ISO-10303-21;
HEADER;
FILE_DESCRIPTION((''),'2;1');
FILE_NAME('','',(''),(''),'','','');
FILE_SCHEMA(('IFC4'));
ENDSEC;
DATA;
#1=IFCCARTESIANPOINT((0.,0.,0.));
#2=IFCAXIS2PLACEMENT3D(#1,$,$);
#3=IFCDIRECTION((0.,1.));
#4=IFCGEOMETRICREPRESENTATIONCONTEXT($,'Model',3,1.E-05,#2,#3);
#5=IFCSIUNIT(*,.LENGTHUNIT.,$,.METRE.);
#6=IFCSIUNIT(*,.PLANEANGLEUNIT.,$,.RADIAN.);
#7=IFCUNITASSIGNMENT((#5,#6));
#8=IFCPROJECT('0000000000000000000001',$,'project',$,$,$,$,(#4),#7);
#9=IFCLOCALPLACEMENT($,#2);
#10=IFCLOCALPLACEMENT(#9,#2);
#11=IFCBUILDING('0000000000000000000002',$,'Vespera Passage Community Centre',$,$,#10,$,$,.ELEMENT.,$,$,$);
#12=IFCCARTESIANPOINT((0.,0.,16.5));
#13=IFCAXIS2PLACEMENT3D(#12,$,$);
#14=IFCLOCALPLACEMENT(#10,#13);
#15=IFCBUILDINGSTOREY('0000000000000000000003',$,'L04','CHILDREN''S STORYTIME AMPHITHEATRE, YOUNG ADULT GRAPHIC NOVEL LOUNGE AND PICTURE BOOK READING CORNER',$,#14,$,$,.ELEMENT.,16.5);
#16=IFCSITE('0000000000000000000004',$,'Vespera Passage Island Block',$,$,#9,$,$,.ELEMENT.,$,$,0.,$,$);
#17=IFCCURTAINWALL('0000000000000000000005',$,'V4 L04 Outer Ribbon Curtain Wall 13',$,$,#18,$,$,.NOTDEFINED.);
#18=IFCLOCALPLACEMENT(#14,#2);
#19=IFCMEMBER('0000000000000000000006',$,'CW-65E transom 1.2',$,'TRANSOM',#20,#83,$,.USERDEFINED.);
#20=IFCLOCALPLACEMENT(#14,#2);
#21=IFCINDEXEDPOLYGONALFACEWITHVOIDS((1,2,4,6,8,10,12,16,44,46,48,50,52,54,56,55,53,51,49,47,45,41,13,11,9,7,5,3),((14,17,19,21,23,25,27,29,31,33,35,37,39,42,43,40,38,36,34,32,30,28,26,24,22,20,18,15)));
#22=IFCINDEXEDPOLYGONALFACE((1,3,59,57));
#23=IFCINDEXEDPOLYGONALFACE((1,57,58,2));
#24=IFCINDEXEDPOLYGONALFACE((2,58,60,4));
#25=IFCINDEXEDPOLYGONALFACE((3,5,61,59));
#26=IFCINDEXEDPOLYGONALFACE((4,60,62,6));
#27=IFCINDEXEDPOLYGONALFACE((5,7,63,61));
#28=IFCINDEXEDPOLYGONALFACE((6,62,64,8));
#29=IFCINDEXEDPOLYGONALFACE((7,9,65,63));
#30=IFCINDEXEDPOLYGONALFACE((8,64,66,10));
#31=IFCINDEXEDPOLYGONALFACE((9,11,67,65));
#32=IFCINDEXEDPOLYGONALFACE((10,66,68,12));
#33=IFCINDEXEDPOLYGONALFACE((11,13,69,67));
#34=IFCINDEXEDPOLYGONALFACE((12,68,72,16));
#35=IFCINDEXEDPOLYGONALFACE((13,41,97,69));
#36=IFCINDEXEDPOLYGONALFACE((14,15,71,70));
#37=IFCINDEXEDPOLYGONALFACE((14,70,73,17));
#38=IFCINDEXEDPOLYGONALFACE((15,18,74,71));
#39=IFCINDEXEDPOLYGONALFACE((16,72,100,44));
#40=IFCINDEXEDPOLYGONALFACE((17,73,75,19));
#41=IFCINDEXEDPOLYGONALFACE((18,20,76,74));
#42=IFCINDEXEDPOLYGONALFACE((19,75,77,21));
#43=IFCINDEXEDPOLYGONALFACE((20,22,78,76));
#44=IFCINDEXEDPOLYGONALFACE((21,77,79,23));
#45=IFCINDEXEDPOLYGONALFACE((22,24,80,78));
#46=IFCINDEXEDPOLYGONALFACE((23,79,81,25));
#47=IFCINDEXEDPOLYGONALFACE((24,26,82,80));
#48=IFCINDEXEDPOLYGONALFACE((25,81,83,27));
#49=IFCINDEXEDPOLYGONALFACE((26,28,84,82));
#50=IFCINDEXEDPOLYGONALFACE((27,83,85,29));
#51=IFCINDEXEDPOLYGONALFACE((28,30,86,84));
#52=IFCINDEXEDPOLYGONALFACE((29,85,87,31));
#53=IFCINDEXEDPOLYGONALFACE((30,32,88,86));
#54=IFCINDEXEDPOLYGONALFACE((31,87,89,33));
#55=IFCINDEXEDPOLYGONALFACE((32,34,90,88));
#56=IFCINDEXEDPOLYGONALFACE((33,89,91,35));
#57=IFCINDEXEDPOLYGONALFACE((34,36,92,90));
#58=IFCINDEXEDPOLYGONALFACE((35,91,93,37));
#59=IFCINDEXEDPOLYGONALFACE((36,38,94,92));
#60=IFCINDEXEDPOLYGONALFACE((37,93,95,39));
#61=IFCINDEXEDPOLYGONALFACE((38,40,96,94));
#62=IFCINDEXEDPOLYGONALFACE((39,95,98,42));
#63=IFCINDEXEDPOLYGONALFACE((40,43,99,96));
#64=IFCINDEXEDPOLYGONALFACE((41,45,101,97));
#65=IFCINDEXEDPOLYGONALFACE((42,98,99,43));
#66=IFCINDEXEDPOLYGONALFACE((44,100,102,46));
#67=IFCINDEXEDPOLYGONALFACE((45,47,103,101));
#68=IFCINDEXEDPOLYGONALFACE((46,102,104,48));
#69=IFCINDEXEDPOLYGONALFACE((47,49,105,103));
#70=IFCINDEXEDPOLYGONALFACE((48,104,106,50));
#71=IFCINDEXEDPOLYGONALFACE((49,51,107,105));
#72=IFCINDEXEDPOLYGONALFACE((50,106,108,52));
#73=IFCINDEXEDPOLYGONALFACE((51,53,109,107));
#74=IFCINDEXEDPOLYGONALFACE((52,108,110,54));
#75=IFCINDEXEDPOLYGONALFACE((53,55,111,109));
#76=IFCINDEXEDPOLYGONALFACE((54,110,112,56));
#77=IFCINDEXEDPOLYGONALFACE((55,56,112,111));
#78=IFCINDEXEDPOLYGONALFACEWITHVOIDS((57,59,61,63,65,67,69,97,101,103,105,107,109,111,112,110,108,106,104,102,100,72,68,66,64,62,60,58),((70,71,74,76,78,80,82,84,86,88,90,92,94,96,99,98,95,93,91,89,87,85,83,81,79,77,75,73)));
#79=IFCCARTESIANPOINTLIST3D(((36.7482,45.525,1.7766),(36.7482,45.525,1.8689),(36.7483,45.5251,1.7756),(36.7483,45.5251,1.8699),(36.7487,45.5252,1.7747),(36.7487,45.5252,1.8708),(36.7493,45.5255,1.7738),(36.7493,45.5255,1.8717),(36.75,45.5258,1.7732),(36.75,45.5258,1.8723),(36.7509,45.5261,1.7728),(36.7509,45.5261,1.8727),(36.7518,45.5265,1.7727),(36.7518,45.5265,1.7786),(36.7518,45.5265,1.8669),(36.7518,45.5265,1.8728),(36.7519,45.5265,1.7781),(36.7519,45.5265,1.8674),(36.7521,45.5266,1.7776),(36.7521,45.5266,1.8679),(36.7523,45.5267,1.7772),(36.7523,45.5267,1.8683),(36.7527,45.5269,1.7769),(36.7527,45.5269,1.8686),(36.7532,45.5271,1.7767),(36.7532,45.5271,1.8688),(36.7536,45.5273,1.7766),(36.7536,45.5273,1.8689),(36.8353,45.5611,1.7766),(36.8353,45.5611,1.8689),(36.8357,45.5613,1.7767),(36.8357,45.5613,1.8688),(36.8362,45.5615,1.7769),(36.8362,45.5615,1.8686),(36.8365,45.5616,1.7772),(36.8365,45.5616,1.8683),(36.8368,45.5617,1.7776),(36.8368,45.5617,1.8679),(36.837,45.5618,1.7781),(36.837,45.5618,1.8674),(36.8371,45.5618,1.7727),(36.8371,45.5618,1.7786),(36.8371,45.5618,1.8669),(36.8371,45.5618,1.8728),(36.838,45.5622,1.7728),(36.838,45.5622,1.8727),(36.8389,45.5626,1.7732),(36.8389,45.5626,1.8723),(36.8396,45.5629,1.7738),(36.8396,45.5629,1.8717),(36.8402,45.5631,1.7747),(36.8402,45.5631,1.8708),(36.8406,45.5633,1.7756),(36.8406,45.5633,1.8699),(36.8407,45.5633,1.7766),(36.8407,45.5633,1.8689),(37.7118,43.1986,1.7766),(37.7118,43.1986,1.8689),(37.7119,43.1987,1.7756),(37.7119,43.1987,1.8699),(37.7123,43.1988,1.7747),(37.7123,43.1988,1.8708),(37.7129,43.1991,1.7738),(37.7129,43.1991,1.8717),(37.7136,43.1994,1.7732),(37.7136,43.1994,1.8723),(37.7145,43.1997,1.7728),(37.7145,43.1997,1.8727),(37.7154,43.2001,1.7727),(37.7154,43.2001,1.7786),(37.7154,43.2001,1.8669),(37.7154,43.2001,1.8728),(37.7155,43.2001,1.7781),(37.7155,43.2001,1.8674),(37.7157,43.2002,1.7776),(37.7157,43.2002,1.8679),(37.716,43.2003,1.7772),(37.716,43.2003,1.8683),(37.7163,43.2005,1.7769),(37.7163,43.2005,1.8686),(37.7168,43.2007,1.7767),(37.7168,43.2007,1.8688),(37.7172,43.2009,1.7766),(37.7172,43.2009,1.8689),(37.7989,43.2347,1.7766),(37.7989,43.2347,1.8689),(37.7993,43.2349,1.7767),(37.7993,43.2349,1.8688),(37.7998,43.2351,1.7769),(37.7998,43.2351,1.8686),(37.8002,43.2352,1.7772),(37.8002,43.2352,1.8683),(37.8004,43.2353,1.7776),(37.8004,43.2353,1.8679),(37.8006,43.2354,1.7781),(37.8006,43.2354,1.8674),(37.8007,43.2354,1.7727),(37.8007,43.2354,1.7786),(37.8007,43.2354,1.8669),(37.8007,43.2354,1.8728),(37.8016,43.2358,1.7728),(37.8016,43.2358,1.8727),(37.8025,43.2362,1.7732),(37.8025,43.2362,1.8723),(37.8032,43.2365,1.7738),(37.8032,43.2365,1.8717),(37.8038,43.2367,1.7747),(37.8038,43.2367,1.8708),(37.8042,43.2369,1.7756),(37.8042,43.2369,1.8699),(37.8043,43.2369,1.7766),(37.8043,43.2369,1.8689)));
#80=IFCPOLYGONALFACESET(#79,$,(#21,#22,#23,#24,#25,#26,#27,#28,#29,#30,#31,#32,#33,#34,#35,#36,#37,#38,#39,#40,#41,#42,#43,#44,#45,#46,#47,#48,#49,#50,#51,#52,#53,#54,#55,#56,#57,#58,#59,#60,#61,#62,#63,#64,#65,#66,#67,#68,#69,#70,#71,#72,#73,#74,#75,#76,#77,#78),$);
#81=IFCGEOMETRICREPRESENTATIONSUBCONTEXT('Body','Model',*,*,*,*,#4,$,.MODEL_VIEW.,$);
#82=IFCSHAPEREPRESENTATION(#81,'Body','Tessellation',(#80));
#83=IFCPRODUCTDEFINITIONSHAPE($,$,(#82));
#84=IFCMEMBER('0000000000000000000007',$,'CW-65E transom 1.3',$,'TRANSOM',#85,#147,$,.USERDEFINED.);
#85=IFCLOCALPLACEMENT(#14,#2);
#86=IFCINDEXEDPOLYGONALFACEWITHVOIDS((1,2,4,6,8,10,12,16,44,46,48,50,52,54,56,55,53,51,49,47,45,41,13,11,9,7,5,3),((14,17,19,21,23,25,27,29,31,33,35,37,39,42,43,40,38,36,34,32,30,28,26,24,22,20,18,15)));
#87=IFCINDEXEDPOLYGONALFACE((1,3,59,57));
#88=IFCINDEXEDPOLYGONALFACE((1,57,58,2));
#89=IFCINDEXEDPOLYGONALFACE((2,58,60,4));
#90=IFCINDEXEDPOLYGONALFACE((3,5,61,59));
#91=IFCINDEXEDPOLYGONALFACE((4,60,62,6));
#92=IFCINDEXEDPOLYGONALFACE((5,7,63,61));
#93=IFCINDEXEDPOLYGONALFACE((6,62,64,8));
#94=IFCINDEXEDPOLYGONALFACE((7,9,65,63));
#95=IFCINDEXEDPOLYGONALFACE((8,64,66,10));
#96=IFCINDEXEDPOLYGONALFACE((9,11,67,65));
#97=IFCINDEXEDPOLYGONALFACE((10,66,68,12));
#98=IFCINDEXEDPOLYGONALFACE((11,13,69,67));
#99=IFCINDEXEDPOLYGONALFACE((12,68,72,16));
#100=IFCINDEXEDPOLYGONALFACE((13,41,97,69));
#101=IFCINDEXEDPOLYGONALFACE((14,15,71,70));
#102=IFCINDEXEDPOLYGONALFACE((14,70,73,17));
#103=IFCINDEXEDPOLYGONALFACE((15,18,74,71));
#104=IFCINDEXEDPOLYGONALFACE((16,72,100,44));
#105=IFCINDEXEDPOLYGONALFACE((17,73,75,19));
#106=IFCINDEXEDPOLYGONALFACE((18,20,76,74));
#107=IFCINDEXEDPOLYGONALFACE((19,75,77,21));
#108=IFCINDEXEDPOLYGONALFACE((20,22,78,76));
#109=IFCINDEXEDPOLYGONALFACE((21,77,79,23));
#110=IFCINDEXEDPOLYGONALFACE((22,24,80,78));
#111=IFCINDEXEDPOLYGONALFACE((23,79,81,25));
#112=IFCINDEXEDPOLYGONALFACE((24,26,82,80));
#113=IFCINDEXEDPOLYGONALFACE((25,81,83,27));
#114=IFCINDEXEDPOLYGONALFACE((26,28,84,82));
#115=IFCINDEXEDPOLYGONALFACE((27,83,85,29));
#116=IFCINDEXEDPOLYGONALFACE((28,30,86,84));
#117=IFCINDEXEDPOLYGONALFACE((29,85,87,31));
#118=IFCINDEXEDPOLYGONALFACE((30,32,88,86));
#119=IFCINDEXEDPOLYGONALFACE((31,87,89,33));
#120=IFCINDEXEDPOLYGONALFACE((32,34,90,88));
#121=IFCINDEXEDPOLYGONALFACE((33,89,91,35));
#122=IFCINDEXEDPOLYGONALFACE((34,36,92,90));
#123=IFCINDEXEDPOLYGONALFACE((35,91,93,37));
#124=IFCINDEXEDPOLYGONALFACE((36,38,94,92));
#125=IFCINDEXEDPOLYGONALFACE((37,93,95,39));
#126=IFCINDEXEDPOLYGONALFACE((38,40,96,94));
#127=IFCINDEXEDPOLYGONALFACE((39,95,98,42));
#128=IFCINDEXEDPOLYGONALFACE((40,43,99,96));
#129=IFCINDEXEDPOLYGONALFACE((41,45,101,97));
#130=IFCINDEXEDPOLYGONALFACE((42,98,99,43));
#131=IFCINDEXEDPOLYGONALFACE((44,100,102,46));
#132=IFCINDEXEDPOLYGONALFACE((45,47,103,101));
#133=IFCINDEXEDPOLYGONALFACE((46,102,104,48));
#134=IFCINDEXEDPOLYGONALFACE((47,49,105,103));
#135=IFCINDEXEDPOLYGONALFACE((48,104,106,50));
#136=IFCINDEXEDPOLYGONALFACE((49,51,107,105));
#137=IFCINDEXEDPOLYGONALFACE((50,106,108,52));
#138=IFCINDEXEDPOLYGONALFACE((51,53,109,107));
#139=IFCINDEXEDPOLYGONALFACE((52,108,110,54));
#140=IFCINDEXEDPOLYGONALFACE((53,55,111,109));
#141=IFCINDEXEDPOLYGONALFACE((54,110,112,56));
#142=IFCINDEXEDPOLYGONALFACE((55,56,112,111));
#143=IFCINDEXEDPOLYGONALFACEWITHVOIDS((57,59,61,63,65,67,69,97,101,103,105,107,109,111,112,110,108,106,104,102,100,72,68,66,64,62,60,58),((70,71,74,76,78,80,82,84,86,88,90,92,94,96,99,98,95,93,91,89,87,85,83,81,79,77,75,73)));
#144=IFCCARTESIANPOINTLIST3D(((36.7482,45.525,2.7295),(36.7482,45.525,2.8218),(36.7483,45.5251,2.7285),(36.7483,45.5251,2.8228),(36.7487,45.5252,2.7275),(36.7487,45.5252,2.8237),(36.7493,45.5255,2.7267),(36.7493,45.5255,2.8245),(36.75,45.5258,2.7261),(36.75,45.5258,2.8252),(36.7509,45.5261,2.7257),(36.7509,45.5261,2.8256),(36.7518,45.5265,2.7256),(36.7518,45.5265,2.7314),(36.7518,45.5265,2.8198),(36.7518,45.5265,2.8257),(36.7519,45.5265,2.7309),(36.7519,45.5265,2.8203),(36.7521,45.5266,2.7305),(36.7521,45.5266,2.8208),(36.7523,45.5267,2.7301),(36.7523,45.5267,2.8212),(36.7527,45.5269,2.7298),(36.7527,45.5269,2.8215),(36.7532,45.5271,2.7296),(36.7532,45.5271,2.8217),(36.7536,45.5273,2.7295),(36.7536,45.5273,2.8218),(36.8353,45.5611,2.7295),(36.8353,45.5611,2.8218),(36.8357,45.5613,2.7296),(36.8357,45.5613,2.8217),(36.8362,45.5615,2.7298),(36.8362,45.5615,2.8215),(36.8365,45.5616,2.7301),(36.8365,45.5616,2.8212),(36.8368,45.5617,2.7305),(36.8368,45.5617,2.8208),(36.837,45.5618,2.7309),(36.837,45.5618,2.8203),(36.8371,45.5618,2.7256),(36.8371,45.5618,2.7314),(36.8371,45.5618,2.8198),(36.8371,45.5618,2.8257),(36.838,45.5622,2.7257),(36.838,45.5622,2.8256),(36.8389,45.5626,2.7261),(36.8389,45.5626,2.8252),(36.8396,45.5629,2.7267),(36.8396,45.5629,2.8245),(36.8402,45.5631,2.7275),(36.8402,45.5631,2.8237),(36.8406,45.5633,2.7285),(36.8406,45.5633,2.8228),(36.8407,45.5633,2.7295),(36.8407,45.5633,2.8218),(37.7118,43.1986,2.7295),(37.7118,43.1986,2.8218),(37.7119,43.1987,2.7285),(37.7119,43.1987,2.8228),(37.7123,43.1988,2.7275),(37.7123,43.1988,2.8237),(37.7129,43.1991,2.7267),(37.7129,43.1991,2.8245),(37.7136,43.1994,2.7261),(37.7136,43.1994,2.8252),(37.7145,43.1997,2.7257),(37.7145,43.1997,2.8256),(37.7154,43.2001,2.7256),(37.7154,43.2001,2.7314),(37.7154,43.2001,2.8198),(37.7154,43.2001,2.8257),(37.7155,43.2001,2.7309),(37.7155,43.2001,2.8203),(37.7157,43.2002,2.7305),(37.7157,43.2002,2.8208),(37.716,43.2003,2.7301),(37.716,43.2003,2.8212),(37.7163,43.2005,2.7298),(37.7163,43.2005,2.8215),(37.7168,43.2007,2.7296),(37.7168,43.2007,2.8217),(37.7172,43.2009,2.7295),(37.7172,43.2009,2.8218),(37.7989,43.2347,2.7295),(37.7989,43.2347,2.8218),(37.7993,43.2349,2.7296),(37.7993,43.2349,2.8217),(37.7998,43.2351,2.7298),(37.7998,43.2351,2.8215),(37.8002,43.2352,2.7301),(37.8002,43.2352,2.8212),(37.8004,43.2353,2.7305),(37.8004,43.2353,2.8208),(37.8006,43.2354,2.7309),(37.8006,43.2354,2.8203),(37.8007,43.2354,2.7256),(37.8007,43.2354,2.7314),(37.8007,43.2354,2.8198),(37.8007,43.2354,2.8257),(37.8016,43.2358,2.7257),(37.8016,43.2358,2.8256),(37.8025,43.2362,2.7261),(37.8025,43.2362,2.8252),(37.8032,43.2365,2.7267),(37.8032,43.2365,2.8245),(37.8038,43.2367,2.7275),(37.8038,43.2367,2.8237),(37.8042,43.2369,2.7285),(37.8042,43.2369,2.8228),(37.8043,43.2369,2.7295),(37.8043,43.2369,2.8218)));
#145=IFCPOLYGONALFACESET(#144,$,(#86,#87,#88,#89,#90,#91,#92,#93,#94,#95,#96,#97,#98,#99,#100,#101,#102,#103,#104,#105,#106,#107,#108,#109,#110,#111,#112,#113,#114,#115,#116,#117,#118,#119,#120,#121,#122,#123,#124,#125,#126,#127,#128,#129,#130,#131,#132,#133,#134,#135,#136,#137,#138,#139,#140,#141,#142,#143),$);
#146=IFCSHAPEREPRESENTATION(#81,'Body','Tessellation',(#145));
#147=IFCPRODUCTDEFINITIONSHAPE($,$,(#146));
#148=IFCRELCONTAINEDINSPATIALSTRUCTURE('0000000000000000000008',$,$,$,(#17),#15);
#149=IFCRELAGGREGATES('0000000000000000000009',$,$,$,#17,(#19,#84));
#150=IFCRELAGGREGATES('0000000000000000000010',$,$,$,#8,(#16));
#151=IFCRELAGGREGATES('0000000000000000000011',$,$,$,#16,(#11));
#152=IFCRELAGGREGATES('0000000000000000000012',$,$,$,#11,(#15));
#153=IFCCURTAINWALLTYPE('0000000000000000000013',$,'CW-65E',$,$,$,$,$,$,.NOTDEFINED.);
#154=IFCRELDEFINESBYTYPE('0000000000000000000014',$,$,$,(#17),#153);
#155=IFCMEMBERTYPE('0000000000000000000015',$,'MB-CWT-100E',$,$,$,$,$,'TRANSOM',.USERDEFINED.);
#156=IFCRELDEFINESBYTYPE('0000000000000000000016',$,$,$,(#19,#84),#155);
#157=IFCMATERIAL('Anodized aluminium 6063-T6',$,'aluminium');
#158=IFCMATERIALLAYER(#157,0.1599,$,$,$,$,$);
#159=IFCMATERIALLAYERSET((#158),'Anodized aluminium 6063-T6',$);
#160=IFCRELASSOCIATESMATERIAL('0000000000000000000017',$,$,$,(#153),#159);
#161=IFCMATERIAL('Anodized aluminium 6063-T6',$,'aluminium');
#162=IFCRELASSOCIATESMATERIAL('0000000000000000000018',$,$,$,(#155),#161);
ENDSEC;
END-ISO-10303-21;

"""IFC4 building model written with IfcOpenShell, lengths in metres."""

from ifc_helpers import new_model, si_unit, direction, frame, origin, origin_2d, place, context, subcontext, project, spatial, hollow_rectangle, extrude, material, layer, layer_set, material_profile, profile_set, type_object, element, aggregate, save


model = new_model("IFC4")

# Units and contexts
model_context = context("Model", 3, precision=1e-05, world=origin(), true_north=direction((0.0, 1.0)))
body_context = subcontext(model_context, "Body", "Model", "MODEL_VIEW")
ifc_project = project(units=[si_unit("LENGTHUNIT", "METRE"), si_unit("PLANEANGLEUNIT", "RADIAN")], contexts=[model_context])

# Site, building, storey
site_placement = place(None, origin())
site = spatial("IfcSite", under=ifc_project, at=site_placement, Name="Vespera Passage Island Block", CompositionType="ELEMENT", RefElevation=0.0)
building_placement = place(site_placement, origin())
building = spatial("IfcBuilding", under=site, at=building_placement, Name="Vespera Passage Community Centre", CompositionType="ELEMENT")
storey_placement = place(building_placement, frame((0.0, 0.0, 16.5)))
storey = spatial("IfcBuildingStorey", under=building, at=storey_placement, Name="L04", Description="CHILDREN'S STORYTIME AMPHITHEATRE, YOUNG ADULT GRAPHIC NOVEL LOUNGE AND PICTURE BOOK READING CORNER", CompositionType="ELEMENT", Elevation=16.5)

# Curtain wall, members
ifc_material_1 = material(Name="Anodized aluminium 6063-T6", Category="aluminium")
ifc_layer_1 = layer(ifc_material_1, 0.1599)
ifc_layer_set_1 = layer_set([ifc_layer_1], Name="Anodized aluminium 6063-T6")
curtain_wall_type_1 = type_object("IfcCurtainWallType", Name="CW-65E", PredefinedType="NOTDEFINED", material=ifc_layer_set_1)
curtain_wall_1_placement = place(storey_placement, origin())
curtain_wall_1 = element("IfcCurtainWall", 1, at=curtain_wall_1_placement, inside=storey, type_object=curtain_wall_type_1, Name="V4 L04 Outer Ribbon Curtain Wall 13", PredefinedType="NOTDEFINED")
ifc_material_2 = material(Name="Anodized aluminium 6063-T6", Category="aluminium")
ifc_material_profile_1 = material_profile(ifc_material_2, hollow_rectangle(XDim=0.1001, YDim=0.1001, WallThickness=0.0039, InnerFilletRadius=0.002, OuterFilletRadius=0.0039, at=origin_2d()), Name="ALU100X100X4")
ifc_profile_set_1 = profile_set([ifc_material_profile_1], Name="Anodized aluminium 6063-T6")
member_type_1 = type_object("IfcMemberType", Name="MB-CWT-100E", ElementType="TRANSOM", PredefinedType="USERDEFINED", material=ifc_profile_set_1)
member_1_placement = place(storey_placement, frame((37.7581, 43.2178, 1.8228), z_axis=(-0.38268, 0.923881, 0.0), x_axis=(-0.923881, -0.38268, 0.0)))
member_1 = element("IfcMember", 2, at=member_1_placement, type_object=member_type_1, Name="CW-65E transom 1.2", ObjectType="TRANSOM", PredefinedType="USERDEFINED", context=body_context, shape_type="SweptSolid", body=[
    extrude(hollow_rectangle(XDim=0.1001, YDim=0.1001, WallThickness=0.0039, InnerFilletRadius=0.002, OuterFilletRadius=0.0039, at=origin_2d()), origin(), (0.0, 0.0, 1.0), 2.5181),
])
member_2_placement = place(storey_placement, frame((37.7581, 43.2178, 2.7756), z_axis=(-0.38268, 0.923881, 0.0), x_axis=(-0.923881, -0.38268, 0.0)))
member_2 = element("IfcMember", 3, at=member_2_placement, type_object=member_type_1, Name="CW-65E transom 1.3", ObjectType="TRANSOM", PredefinedType="USERDEFINED", context=body_context, shape_type="SweptSolid", body=[
    extrude(hollow_rectangle(XDim=0.1001, YDim=0.1001, WallThickness=0.0039, InnerFilletRadius=0.002, OuterFilletRadius=0.0039, at=origin_2d()), origin(), (0.0, 0.0, 1.0), 2.5181),
])

aggregate(curtain_wall_1, [member_1, member_2])

save(model, "model.ifc")
